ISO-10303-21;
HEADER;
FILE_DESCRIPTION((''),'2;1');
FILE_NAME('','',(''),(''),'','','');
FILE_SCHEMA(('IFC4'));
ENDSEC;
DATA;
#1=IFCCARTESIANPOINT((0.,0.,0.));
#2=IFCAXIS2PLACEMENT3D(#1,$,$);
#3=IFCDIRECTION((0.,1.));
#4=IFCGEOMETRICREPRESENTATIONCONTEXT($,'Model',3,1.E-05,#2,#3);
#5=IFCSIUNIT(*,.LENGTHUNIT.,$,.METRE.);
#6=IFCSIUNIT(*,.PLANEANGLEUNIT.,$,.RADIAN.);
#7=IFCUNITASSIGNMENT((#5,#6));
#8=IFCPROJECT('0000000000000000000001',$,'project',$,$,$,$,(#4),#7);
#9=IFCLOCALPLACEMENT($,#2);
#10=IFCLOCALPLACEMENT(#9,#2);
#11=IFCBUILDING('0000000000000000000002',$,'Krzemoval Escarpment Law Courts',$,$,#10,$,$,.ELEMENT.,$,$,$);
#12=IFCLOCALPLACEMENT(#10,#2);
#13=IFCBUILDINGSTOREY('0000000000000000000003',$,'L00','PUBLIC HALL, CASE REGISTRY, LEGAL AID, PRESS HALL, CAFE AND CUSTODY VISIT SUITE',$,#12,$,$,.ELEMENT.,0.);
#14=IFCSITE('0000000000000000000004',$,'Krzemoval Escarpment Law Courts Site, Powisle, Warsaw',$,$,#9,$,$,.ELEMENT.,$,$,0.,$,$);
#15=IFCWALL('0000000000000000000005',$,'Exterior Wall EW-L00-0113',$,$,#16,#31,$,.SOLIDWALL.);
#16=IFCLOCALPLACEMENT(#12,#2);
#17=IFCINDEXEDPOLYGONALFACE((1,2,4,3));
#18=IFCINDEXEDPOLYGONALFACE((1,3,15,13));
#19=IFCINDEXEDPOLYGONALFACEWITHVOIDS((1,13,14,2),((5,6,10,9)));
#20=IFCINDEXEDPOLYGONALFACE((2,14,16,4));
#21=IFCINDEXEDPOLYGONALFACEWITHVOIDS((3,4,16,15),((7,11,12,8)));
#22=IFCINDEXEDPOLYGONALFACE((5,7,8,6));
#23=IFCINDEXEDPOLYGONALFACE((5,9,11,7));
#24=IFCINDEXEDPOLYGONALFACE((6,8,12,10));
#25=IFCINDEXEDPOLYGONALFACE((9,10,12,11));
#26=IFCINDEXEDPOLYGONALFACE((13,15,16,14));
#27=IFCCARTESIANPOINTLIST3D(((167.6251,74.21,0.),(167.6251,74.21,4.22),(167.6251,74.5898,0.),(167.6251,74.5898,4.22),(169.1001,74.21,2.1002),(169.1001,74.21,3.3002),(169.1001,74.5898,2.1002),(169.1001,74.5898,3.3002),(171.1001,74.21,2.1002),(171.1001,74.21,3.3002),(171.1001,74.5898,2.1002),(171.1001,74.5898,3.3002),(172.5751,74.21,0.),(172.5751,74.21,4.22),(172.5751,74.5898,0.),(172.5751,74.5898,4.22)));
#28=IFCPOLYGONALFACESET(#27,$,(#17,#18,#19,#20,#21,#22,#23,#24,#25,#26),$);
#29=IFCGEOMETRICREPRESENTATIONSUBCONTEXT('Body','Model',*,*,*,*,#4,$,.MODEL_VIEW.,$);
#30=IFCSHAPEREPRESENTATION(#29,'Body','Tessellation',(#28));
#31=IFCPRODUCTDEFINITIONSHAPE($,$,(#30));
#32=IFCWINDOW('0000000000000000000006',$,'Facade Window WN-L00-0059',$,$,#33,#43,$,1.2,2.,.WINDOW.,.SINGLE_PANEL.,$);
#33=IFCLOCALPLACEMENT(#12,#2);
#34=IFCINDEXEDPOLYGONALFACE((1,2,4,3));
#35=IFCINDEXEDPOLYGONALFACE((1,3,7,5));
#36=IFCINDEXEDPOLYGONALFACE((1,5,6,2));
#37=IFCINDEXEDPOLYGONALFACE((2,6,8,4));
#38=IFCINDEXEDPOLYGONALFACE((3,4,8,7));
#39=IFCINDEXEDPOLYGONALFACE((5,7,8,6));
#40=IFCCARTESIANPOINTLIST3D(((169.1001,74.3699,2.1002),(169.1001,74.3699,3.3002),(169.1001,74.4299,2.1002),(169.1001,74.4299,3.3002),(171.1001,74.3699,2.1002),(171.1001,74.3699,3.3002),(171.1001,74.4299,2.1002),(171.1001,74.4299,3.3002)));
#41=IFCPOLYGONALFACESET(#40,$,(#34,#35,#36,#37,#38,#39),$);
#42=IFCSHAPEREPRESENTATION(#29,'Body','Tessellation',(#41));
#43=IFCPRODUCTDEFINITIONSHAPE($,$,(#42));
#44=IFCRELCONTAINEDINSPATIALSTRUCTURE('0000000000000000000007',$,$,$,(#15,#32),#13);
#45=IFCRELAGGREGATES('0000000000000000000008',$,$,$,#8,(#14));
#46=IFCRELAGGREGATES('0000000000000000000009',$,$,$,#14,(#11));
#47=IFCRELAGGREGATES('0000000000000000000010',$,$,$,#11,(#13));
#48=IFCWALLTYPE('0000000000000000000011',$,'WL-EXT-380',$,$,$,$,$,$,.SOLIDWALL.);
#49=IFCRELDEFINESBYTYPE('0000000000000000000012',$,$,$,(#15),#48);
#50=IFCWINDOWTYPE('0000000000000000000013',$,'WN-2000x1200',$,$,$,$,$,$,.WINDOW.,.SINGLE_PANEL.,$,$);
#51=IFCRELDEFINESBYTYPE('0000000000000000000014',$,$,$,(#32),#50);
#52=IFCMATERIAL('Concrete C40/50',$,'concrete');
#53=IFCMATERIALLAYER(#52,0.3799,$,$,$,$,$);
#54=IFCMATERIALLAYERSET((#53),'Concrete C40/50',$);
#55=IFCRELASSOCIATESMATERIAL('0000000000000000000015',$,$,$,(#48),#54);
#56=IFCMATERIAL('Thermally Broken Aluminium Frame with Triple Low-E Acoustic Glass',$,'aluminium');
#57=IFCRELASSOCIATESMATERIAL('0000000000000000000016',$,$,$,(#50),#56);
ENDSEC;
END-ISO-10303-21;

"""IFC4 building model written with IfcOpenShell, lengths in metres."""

from ifc_helpers import new_model, si_unit, direction, frame, frame_2d, origin, place, context, subcontext, project, spatial, rectangle, extrude, material, layer, layer_set, type_object, element, fill, save


model = new_model("IFC4")

# Units and contexts
model_context = context("Model", 3, precision=1e-05, world=origin(), true_north=direction((0.0, 1.0)))
body_context = subcontext(model_context, "Body", "Model", "MODEL_VIEW")
ifc_project = project(units=[si_unit("LENGTHUNIT", "METRE"), si_unit("PLANEANGLEUNIT", "RADIAN")], contexts=[model_context])

# Site, building, storey
site_placement = place(None, origin())
site = spatial("IfcSite", under=ifc_project, at=site_placement, Name="Krzemoval Escarpment Law Courts Site, Powisle, Warsaw", CompositionType="ELEMENT", RefElevation=0.0)
building_placement = place(site_placement, origin())
building = spatial("IfcBuilding", under=site, at=building_placement, Name="Krzemoval Escarpment Law Courts", CompositionType="ELEMENT")
storey_placement = place(building_placement, origin())
storey = spatial("IfcBuildingStorey", under=building, at=storey_placement, Name="L00", Description="PUBLIC HALL, CASE REGISTRY, LEGAL AID, PRESS HALL, CAFE AND CUSTODY VISIT SUITE", CompositionType="ELEMENT", Elevation=0.0)

# Shared definitions
ifc_material_1 = material(Name="Concrete C40/50", Category="concrete")
ifc_layer_1 = layer(ifc_material_1, 0.3799)
ifc_layer_set_1 = layer_set([ifc_layer_1], Name="Concrete C40/50")
wall_type_1 = type_object("IfcWallType", Name="WL-EXT-380", PredefinedType="SOLIDWALL", material=ifc_layer_set_1)

# Wall, opening, window
wall_1_placement = place(storey_placement, frame((167.625, 74.3999, 0.0), z_axis=(0.0, 0.0, 1.0), x_axis=(1.0, 0.0, 0.0)))
wall_1 = element("IfcWall", 1, at=wall_1_placement, inside=storey, type_object=wall_type_1, Name="Exterior Wall EW-L00-0113", PredefinedType="SOLIDWALL", context=body_context, shape_type="SweptSolid", body=[
    extrude(rectangle(XDim=4.95, YDim=0.3799, at=frame_2d((2.4751, 0.0))), origin(), (0.0, 0.0, 1.0), 4.22),
])
opening_1_placement = place(wall_1_placement, frame((1.4751, 0.0, 2.1001)))
opening_1 = element("IfcOpeningElement", 2, at=opening_1_placement, cuts=wall_1, PredefinedType="OPENING", context=body_context, shape_type="SweptSolid", body=[
    extrude(rectangle(XDim=2.0, YDim=1.2, at=frame_2d((1.0, 0.6001))), frame((0.0, 0.2049, 0.0), z_axis=(0.0, -1.0, 0.0), x_axis=(1.0, 0.0, 0.0)), (0.0, 0.0, 1.0), 0.4099),
])
ifc_material_2 = material(Name="Thermally Broken Aluminium Frame with Triple Low-E Acoustic Glass", Category="aluminium")
window_type_1 = type_object("IfcWindowType", Name="WN-2000x1200", PartitioningType="SINGLE_PANEL", PredefinedType="WINDOW", material=ifc_material_2)
window_1_placement = place(opening_1_placement, origin())
window_1 = element("IfcWindow", 3, at=window_1_placement, inside=storey, type_object=window_type_1, Name="Facade Window WN-L00-0059", OverallHeight=1.2, OverallWidth=2.0, PartitioningType="SINGLE_PANEL", PredefinedType="WINDOW", context=body_context, shape_type="SweptSolid", body=[
    extrude(rectangle(XDim=2.0, YDim=1.2, at=frame_2d((1.0, 0.6001))), frame((0.0, 0.03, 0.0), z_axis=(0.0, -1.0, 0.0), x_axis=(1.0, 0.0, 0.0)), (0.0, 0.0, 1.0), 0.0601),
])
fill(opening_1, window_1)

save(model, "model.ifc")
